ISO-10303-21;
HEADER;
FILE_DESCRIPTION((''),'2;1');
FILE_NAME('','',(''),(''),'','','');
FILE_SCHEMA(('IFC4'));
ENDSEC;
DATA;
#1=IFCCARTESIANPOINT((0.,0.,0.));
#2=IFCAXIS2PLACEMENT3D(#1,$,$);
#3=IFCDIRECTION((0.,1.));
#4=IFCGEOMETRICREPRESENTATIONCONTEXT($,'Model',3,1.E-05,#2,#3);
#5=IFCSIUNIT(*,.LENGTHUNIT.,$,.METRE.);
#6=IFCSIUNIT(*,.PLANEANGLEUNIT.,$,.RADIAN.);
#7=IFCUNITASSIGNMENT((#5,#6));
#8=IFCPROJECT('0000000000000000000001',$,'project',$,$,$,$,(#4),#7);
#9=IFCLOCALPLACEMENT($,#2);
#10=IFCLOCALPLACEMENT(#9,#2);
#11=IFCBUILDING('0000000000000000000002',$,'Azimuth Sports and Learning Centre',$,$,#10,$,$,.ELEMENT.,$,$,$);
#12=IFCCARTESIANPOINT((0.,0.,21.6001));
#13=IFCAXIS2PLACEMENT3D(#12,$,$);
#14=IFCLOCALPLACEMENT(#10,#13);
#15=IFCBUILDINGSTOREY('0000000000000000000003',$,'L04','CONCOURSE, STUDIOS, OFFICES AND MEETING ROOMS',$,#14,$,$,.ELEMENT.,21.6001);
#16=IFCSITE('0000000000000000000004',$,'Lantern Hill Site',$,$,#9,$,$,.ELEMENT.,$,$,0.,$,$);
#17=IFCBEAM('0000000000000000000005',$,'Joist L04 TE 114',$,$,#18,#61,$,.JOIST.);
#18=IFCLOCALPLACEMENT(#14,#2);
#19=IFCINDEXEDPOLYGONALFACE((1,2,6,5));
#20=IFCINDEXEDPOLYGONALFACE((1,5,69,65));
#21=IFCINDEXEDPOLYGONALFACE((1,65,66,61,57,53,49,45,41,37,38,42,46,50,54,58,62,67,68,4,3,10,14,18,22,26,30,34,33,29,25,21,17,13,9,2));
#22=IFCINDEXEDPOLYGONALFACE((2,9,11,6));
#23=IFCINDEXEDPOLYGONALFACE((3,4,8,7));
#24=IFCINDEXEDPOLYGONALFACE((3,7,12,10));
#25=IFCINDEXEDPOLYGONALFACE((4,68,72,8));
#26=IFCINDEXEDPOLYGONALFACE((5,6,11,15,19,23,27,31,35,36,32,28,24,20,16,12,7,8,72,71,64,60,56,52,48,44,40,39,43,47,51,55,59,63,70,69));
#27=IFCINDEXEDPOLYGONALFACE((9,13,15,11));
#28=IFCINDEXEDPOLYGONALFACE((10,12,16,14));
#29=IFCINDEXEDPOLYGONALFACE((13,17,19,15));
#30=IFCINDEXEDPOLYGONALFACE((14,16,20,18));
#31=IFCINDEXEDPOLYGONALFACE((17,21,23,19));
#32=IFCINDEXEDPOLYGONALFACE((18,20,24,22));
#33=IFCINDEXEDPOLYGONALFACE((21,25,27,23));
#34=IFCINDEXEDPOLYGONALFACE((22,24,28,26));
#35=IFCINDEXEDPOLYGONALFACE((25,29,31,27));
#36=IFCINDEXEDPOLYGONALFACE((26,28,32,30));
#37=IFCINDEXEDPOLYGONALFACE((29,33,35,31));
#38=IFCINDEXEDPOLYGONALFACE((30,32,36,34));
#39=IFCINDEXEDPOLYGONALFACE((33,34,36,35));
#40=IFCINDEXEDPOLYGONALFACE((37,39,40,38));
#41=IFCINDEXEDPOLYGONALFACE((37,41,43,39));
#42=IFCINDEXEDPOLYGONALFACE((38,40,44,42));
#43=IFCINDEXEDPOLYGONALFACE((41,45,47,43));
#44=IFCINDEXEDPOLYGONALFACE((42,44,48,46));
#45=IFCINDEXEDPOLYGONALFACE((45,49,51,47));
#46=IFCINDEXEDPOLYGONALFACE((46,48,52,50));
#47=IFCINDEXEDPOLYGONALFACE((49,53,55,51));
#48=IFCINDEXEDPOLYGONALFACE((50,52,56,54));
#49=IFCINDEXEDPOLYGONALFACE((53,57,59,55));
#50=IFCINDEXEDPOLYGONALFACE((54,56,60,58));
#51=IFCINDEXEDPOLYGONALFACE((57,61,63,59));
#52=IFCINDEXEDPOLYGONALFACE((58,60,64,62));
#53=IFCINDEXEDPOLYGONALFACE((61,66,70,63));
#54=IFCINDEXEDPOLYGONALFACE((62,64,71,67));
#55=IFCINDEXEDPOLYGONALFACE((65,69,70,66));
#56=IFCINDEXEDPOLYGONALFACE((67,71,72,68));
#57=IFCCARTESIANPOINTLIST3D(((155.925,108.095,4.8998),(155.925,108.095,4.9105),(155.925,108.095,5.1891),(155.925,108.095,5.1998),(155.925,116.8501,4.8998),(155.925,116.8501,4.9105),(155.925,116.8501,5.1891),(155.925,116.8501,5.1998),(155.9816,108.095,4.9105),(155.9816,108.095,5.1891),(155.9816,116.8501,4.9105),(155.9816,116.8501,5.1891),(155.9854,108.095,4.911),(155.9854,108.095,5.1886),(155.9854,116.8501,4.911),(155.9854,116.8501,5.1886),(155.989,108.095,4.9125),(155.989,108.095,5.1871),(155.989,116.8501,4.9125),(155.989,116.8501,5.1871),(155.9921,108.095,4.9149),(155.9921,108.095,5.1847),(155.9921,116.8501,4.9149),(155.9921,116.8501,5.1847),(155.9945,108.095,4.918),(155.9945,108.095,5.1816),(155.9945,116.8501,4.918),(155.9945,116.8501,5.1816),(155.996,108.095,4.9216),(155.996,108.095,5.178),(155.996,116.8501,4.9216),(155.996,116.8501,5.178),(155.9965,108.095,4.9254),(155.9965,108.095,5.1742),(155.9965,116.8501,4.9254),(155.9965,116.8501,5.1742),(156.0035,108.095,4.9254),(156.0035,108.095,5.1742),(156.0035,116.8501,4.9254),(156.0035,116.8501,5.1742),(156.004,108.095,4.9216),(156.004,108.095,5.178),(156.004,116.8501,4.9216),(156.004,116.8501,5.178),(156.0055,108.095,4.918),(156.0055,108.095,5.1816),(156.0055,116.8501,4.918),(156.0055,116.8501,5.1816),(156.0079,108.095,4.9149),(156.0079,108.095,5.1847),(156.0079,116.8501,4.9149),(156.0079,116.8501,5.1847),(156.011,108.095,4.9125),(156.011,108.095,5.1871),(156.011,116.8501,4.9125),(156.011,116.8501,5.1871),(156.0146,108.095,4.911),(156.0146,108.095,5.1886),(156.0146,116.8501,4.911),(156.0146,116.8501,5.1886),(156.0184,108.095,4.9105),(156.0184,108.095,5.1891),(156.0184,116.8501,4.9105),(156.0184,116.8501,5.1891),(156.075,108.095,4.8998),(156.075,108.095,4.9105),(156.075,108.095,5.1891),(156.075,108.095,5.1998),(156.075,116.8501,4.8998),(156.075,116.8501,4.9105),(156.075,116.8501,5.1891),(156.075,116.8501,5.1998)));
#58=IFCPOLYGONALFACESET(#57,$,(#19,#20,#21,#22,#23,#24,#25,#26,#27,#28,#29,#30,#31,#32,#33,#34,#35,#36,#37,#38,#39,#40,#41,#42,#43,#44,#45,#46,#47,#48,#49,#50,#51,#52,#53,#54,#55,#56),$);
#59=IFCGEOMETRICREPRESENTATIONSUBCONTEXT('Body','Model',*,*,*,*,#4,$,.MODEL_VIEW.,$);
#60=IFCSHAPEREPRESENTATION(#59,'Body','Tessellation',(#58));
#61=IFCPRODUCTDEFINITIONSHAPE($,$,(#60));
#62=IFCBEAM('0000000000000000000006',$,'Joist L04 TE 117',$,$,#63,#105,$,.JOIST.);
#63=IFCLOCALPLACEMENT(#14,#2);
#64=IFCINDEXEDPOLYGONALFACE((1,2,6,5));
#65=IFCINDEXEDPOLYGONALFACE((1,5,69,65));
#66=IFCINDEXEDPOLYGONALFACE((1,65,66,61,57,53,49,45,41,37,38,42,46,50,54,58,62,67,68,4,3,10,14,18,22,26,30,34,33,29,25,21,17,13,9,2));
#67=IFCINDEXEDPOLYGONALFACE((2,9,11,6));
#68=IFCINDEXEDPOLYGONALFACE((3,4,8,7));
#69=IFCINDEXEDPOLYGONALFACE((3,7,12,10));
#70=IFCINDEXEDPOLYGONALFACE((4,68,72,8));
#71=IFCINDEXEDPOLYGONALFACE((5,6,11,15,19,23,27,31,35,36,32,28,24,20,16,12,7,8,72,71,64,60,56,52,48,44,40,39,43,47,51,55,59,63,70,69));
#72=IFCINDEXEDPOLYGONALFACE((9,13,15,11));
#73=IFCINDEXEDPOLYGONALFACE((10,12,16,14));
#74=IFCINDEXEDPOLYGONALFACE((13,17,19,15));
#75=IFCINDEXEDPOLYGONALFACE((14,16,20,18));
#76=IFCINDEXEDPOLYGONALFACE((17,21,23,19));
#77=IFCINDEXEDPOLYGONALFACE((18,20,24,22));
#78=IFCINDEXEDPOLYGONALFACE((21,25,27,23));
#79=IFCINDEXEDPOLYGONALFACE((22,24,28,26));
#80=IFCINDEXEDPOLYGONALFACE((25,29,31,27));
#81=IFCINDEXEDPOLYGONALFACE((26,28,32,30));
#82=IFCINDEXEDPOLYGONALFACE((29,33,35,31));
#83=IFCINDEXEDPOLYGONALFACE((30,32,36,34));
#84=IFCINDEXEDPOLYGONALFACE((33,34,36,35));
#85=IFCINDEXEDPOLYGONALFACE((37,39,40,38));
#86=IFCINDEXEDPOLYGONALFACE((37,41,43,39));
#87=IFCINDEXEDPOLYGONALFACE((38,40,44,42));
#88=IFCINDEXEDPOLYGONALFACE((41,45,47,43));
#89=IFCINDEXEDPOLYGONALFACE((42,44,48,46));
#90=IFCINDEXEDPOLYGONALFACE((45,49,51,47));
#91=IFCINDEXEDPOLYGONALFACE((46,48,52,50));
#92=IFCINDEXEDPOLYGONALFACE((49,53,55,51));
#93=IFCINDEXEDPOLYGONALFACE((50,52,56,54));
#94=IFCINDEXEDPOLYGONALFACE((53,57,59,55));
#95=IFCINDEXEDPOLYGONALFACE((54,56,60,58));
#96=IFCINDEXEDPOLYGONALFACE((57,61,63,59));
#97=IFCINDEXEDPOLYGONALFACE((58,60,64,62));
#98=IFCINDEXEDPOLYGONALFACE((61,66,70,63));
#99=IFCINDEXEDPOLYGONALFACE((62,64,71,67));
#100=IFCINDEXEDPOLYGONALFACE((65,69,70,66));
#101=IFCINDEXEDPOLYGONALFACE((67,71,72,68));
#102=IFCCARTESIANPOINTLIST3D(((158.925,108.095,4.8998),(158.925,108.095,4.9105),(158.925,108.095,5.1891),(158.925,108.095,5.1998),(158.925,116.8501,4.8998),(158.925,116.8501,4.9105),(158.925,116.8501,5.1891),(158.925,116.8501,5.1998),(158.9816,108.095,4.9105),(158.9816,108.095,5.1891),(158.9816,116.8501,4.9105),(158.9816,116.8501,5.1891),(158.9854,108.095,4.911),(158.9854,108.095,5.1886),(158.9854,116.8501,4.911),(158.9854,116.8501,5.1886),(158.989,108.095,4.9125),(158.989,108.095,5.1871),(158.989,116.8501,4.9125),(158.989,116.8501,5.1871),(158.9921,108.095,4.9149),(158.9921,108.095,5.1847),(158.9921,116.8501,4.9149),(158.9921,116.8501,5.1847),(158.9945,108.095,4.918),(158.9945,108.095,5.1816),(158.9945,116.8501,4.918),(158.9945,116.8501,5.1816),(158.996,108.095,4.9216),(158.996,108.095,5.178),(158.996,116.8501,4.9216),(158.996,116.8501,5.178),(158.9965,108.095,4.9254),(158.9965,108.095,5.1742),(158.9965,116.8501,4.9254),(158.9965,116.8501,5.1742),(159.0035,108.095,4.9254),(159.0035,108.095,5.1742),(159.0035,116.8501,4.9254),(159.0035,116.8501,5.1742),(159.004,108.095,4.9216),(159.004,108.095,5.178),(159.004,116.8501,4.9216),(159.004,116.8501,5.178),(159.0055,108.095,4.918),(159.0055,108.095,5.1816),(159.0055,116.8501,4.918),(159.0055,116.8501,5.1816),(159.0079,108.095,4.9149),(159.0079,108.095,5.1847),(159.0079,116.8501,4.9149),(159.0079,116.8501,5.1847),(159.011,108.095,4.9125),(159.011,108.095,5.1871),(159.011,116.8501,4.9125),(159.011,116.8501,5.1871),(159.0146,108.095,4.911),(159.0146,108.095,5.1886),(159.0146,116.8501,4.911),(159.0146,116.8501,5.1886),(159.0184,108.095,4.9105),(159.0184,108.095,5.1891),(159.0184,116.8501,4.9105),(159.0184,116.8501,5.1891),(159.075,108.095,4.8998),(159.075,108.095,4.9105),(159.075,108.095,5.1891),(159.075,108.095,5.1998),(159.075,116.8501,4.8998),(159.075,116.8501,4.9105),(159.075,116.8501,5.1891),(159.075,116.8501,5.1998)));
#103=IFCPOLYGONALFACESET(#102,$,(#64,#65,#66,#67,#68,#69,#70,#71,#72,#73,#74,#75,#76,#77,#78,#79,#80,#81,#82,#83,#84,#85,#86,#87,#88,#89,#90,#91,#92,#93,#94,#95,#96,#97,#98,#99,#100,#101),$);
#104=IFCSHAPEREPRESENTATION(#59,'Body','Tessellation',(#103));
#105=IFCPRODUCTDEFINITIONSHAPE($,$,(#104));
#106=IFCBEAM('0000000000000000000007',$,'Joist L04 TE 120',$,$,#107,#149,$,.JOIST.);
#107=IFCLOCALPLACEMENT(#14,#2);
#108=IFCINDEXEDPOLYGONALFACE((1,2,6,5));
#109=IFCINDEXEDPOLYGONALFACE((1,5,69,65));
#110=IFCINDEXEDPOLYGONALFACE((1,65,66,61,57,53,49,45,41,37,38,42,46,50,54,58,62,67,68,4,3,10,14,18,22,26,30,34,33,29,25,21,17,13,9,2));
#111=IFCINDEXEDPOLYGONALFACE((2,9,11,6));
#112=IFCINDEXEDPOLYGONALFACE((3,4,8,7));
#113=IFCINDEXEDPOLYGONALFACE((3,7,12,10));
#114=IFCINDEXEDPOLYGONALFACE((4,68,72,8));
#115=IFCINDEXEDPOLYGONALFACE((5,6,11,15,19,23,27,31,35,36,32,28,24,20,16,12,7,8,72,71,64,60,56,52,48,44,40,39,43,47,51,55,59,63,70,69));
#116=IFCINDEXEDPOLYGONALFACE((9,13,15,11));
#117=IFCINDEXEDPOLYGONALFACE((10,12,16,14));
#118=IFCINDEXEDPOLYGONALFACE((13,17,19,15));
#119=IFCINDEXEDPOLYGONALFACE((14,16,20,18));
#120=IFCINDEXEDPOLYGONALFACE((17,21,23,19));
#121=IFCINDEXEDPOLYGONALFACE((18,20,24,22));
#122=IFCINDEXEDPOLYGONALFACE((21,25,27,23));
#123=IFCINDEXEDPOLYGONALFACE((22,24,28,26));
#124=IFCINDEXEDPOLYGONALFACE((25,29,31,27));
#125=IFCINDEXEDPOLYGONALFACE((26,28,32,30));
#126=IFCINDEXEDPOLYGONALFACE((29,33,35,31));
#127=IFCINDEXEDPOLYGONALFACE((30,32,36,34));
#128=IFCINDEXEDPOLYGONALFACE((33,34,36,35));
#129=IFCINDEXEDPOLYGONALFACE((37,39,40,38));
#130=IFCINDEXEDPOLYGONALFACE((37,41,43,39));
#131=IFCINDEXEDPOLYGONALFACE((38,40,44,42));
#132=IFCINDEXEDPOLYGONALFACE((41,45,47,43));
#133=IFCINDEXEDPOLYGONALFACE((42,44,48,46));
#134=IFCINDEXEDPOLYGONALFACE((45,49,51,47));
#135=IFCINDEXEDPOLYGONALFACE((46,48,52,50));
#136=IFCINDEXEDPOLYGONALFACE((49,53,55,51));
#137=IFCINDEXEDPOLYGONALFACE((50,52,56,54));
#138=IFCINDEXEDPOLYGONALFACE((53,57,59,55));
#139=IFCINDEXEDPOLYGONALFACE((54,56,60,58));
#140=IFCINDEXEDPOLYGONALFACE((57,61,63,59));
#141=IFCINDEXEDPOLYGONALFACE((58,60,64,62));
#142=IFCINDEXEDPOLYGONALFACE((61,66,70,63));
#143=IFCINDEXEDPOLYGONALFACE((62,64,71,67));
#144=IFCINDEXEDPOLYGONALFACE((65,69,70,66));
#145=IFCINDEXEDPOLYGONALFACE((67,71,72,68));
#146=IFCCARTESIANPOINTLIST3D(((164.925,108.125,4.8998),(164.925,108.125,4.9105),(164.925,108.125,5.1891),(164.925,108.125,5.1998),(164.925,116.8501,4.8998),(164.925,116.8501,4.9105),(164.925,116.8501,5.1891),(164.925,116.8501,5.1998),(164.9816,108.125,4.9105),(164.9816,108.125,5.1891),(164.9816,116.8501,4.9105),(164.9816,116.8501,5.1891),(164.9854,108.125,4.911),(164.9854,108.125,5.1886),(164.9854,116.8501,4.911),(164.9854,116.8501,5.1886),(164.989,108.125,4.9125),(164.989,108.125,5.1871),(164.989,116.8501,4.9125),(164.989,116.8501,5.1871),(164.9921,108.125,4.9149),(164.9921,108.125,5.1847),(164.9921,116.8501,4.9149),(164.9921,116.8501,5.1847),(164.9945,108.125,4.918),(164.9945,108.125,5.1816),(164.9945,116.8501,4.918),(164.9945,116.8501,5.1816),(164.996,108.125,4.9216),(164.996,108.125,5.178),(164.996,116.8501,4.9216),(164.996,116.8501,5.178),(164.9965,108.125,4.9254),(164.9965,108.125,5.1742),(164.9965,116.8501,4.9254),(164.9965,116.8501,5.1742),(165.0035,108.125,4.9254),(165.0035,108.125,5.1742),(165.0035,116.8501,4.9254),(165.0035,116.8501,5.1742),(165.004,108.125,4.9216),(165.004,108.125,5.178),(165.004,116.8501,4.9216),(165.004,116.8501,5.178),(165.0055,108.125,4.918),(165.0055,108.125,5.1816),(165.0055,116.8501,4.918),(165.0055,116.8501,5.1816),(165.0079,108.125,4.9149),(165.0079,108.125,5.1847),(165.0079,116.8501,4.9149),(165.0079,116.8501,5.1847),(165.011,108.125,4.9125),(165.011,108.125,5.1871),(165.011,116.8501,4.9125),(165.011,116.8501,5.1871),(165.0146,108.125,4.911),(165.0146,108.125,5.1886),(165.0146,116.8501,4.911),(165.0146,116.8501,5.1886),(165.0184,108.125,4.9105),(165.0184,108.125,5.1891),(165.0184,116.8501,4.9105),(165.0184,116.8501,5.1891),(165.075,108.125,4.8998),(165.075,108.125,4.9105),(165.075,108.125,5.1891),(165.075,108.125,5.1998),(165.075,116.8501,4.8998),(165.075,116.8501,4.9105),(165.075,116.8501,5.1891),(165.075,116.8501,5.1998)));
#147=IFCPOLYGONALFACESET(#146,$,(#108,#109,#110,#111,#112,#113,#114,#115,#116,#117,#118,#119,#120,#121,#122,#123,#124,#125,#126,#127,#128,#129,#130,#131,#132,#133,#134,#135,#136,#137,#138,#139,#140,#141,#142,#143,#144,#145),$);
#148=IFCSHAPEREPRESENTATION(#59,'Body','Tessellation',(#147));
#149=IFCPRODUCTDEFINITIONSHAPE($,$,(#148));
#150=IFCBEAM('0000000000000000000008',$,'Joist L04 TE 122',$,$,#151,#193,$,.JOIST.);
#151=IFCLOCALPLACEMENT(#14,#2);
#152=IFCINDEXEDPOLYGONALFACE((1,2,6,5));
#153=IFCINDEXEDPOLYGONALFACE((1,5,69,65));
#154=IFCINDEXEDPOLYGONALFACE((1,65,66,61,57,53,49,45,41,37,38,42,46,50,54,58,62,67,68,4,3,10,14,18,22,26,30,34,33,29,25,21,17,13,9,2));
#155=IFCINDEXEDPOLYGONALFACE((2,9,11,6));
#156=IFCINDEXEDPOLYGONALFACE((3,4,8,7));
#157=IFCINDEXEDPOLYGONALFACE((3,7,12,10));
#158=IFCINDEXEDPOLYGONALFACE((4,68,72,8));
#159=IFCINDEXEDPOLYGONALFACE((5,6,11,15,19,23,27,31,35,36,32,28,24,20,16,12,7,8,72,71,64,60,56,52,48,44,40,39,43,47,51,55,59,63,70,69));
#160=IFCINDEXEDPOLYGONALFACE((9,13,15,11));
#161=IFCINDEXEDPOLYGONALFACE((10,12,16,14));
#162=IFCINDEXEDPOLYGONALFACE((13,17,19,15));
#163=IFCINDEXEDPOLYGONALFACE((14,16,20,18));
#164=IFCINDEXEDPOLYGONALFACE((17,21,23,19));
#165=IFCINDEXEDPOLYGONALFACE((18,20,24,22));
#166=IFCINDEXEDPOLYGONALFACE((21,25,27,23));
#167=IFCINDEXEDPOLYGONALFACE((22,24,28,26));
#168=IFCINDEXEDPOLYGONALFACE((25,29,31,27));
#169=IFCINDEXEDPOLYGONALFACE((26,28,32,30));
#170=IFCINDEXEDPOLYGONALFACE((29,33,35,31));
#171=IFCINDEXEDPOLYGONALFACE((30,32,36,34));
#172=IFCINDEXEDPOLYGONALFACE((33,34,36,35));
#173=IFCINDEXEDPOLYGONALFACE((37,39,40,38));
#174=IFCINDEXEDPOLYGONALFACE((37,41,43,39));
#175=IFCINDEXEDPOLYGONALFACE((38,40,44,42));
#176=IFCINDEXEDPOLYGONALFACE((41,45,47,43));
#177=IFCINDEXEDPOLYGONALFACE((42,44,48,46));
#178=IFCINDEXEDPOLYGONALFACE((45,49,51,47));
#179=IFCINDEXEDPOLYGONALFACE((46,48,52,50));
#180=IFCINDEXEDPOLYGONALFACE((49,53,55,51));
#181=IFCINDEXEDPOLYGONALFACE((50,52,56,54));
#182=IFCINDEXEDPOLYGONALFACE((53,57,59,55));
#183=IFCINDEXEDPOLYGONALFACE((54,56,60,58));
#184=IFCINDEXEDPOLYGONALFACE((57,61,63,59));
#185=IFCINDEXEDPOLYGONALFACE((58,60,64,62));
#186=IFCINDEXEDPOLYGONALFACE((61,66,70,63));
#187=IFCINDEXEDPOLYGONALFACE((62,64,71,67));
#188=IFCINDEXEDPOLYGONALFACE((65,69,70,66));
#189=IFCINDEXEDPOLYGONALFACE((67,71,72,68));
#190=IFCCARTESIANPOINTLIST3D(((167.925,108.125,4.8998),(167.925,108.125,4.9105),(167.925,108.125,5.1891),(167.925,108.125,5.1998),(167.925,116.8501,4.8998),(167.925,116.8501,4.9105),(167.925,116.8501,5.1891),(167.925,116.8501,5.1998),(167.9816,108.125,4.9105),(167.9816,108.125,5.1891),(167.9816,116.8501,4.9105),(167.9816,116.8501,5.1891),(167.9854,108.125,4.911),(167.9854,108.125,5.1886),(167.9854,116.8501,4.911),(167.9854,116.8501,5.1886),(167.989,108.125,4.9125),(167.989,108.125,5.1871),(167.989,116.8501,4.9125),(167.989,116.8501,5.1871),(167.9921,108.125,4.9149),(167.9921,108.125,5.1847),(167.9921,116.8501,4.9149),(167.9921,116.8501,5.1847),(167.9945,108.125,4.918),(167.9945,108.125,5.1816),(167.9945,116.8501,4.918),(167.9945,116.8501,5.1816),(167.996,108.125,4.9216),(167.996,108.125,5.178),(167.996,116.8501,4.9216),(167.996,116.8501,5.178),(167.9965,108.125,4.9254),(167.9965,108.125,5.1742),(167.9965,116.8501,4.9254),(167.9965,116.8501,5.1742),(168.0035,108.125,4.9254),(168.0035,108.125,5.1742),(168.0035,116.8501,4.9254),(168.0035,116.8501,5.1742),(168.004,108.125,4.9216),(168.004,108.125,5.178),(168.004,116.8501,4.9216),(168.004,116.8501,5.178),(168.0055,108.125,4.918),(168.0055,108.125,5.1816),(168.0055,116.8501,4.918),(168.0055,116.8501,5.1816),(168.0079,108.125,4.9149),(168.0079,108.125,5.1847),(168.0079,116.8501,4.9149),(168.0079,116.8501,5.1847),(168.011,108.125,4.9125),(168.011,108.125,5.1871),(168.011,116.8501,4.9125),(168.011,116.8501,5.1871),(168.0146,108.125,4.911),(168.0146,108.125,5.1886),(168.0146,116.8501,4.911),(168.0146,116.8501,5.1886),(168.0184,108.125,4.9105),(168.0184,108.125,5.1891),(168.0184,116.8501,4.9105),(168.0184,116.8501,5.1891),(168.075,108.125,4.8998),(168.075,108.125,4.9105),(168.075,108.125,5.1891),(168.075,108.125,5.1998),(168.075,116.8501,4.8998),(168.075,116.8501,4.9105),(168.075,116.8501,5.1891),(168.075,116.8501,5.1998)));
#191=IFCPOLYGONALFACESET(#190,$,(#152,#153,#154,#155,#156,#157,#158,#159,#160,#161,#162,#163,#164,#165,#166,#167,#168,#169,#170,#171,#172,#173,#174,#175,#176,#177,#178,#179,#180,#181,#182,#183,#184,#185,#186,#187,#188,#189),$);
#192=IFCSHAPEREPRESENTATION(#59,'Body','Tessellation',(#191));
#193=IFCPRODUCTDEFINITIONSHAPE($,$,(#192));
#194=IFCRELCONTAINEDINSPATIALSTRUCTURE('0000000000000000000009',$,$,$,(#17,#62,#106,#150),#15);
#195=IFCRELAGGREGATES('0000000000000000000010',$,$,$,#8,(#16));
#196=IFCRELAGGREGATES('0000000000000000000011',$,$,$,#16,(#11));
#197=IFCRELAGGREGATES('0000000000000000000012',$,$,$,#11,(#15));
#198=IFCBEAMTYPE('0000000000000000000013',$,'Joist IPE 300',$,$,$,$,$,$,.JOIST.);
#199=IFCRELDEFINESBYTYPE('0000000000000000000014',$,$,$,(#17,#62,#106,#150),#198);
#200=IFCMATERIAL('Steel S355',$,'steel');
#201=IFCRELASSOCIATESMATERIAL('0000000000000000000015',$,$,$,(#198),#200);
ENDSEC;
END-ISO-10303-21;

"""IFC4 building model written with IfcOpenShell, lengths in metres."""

from ifc_helpers import new_model, si_unit, direction, frame, origin, origin_2d, place, context, subcontext, project, spatial, i_section, extrude, material, material_profile, profile_set, type_object, element, save


model = new_model("IFC4")

# Units and contexts
model_context = context("Model", 3, precision=1e-05, world=origin(), true_north=direction((0.0, 1.0)))
body_context = subcontext(model_context, "Body", "Model", "MODEL_VIEW")
ifc_project = project(units=[si_unit("LENGTHUNIT", "METRE"), si_unit("PLANEANGLEUNIT", "RADIAN")], contexts=[model_context])

# Site, building, storey
site_placement = place(None, origin())
site = spatial("IfcSite", under=ifc_project, at=site_placement, Name="Lantern Hill Site", CompositionType="ELEMENT", RefElevation=0.0)
building_placement = place(site_placement, origin())
building = spatial("IfcBuilding", under=site, at=building_placement, Name="Azimuth Sports and Learning Centre", CompositionType="ELEMENT")
storey_placement = place(building_placement, frame((0.0, 0.0, 21.6001)))
storey = spatial("IfcBuildingStorey", under=building, at=storey_placement, Name="L04", Description="CONCOURSE, STUDIOS, OFFICES AND MEETING ROOMS", CompositionType="ELEMENT", Elevation=21.6001)

# Beams
ifc_material_1 = material(Name="Steel S355", Category="steel")
ifc_material_profile_1 = material_profile(ifc_material_1, i_section(OverallWidth=0.1499, OverallDepth=0.3, WebThickness=0.0071, FlangeThickness=0.0107, FilletRadius=0.0149, at=origin_2d()), Name="IPE 300")
ifc_profile_set_1 = profile_set([ifc_material_profile_1], Name="Steel S355")
beam_type_1 = type_object("IfcBeamType", Name="Joist IPE 300", PredefinedType="JOIST", material=ifc_profile_set_1)
for number, where, z_axis, x_axis, name in (
    (1, (156.0, 108.095, 5.0498), (0.0, 1.0, 0.0), (-1.0, 0.0, 0.0), "Joist L04 TE 114"),
    (2, (159.0, 108.095, 5.0498), (0.0, 1.0, 0.0), (-1.0, 0.0, 0.0), "Joist L04 TE 117"),
):
    element("IfcBeam", number, at=place(storey_placement, frame(where, z_axis=z_axis, x_axis=x_axis)), inside=storey, type_object=beam_type_1, Name=name, PredefinedType="JOIST", context=body_context, shape_type="SweptSolid", body=[
        extrude(i_section(OverallWidth=0.1499, OverallDepth=0.3, WebThickness=0.0071, FlangeThickness=0.0107, FilletRadius=0.0149, at=origin_2d()), origin(), (0.0, 0.0, 1.0), 8.7551),
    ])
for number, where, z_axis, x_axis, name in (
    (3, (165.0, 108.125, 5.0498), (0.0, 1.0, 0.0), (-1.0, 0.0, 0.0), "Joist L04 TE 120"),
    (4, (168.0, 108.125, 5.0498), (0.0, 1.0, 0.0), (-1.0, 0.0, 0.0), "Joist L04 TE 122"),
):
    element("IfcBeam", number, at=place(storey_placement, frame(where, z_axis=z_axis, x_axis=x_axis)), inside=storey, type_object=beam_type_1, Name=name, PredefinedType="JOIST", context=body_context, shape_type="SweptSolid", body=[
        extrude(i_section(OverallWidth=0.1499, OverallDepth=0.3, WebThickness=0.0071, FlangeThickness=0.0107, FilletRadius=0.0149, at=origin_2d()), origin(), (0.0, 0.0, 1.0), 8.7251),
    ])

save(model, "model.ifc")
